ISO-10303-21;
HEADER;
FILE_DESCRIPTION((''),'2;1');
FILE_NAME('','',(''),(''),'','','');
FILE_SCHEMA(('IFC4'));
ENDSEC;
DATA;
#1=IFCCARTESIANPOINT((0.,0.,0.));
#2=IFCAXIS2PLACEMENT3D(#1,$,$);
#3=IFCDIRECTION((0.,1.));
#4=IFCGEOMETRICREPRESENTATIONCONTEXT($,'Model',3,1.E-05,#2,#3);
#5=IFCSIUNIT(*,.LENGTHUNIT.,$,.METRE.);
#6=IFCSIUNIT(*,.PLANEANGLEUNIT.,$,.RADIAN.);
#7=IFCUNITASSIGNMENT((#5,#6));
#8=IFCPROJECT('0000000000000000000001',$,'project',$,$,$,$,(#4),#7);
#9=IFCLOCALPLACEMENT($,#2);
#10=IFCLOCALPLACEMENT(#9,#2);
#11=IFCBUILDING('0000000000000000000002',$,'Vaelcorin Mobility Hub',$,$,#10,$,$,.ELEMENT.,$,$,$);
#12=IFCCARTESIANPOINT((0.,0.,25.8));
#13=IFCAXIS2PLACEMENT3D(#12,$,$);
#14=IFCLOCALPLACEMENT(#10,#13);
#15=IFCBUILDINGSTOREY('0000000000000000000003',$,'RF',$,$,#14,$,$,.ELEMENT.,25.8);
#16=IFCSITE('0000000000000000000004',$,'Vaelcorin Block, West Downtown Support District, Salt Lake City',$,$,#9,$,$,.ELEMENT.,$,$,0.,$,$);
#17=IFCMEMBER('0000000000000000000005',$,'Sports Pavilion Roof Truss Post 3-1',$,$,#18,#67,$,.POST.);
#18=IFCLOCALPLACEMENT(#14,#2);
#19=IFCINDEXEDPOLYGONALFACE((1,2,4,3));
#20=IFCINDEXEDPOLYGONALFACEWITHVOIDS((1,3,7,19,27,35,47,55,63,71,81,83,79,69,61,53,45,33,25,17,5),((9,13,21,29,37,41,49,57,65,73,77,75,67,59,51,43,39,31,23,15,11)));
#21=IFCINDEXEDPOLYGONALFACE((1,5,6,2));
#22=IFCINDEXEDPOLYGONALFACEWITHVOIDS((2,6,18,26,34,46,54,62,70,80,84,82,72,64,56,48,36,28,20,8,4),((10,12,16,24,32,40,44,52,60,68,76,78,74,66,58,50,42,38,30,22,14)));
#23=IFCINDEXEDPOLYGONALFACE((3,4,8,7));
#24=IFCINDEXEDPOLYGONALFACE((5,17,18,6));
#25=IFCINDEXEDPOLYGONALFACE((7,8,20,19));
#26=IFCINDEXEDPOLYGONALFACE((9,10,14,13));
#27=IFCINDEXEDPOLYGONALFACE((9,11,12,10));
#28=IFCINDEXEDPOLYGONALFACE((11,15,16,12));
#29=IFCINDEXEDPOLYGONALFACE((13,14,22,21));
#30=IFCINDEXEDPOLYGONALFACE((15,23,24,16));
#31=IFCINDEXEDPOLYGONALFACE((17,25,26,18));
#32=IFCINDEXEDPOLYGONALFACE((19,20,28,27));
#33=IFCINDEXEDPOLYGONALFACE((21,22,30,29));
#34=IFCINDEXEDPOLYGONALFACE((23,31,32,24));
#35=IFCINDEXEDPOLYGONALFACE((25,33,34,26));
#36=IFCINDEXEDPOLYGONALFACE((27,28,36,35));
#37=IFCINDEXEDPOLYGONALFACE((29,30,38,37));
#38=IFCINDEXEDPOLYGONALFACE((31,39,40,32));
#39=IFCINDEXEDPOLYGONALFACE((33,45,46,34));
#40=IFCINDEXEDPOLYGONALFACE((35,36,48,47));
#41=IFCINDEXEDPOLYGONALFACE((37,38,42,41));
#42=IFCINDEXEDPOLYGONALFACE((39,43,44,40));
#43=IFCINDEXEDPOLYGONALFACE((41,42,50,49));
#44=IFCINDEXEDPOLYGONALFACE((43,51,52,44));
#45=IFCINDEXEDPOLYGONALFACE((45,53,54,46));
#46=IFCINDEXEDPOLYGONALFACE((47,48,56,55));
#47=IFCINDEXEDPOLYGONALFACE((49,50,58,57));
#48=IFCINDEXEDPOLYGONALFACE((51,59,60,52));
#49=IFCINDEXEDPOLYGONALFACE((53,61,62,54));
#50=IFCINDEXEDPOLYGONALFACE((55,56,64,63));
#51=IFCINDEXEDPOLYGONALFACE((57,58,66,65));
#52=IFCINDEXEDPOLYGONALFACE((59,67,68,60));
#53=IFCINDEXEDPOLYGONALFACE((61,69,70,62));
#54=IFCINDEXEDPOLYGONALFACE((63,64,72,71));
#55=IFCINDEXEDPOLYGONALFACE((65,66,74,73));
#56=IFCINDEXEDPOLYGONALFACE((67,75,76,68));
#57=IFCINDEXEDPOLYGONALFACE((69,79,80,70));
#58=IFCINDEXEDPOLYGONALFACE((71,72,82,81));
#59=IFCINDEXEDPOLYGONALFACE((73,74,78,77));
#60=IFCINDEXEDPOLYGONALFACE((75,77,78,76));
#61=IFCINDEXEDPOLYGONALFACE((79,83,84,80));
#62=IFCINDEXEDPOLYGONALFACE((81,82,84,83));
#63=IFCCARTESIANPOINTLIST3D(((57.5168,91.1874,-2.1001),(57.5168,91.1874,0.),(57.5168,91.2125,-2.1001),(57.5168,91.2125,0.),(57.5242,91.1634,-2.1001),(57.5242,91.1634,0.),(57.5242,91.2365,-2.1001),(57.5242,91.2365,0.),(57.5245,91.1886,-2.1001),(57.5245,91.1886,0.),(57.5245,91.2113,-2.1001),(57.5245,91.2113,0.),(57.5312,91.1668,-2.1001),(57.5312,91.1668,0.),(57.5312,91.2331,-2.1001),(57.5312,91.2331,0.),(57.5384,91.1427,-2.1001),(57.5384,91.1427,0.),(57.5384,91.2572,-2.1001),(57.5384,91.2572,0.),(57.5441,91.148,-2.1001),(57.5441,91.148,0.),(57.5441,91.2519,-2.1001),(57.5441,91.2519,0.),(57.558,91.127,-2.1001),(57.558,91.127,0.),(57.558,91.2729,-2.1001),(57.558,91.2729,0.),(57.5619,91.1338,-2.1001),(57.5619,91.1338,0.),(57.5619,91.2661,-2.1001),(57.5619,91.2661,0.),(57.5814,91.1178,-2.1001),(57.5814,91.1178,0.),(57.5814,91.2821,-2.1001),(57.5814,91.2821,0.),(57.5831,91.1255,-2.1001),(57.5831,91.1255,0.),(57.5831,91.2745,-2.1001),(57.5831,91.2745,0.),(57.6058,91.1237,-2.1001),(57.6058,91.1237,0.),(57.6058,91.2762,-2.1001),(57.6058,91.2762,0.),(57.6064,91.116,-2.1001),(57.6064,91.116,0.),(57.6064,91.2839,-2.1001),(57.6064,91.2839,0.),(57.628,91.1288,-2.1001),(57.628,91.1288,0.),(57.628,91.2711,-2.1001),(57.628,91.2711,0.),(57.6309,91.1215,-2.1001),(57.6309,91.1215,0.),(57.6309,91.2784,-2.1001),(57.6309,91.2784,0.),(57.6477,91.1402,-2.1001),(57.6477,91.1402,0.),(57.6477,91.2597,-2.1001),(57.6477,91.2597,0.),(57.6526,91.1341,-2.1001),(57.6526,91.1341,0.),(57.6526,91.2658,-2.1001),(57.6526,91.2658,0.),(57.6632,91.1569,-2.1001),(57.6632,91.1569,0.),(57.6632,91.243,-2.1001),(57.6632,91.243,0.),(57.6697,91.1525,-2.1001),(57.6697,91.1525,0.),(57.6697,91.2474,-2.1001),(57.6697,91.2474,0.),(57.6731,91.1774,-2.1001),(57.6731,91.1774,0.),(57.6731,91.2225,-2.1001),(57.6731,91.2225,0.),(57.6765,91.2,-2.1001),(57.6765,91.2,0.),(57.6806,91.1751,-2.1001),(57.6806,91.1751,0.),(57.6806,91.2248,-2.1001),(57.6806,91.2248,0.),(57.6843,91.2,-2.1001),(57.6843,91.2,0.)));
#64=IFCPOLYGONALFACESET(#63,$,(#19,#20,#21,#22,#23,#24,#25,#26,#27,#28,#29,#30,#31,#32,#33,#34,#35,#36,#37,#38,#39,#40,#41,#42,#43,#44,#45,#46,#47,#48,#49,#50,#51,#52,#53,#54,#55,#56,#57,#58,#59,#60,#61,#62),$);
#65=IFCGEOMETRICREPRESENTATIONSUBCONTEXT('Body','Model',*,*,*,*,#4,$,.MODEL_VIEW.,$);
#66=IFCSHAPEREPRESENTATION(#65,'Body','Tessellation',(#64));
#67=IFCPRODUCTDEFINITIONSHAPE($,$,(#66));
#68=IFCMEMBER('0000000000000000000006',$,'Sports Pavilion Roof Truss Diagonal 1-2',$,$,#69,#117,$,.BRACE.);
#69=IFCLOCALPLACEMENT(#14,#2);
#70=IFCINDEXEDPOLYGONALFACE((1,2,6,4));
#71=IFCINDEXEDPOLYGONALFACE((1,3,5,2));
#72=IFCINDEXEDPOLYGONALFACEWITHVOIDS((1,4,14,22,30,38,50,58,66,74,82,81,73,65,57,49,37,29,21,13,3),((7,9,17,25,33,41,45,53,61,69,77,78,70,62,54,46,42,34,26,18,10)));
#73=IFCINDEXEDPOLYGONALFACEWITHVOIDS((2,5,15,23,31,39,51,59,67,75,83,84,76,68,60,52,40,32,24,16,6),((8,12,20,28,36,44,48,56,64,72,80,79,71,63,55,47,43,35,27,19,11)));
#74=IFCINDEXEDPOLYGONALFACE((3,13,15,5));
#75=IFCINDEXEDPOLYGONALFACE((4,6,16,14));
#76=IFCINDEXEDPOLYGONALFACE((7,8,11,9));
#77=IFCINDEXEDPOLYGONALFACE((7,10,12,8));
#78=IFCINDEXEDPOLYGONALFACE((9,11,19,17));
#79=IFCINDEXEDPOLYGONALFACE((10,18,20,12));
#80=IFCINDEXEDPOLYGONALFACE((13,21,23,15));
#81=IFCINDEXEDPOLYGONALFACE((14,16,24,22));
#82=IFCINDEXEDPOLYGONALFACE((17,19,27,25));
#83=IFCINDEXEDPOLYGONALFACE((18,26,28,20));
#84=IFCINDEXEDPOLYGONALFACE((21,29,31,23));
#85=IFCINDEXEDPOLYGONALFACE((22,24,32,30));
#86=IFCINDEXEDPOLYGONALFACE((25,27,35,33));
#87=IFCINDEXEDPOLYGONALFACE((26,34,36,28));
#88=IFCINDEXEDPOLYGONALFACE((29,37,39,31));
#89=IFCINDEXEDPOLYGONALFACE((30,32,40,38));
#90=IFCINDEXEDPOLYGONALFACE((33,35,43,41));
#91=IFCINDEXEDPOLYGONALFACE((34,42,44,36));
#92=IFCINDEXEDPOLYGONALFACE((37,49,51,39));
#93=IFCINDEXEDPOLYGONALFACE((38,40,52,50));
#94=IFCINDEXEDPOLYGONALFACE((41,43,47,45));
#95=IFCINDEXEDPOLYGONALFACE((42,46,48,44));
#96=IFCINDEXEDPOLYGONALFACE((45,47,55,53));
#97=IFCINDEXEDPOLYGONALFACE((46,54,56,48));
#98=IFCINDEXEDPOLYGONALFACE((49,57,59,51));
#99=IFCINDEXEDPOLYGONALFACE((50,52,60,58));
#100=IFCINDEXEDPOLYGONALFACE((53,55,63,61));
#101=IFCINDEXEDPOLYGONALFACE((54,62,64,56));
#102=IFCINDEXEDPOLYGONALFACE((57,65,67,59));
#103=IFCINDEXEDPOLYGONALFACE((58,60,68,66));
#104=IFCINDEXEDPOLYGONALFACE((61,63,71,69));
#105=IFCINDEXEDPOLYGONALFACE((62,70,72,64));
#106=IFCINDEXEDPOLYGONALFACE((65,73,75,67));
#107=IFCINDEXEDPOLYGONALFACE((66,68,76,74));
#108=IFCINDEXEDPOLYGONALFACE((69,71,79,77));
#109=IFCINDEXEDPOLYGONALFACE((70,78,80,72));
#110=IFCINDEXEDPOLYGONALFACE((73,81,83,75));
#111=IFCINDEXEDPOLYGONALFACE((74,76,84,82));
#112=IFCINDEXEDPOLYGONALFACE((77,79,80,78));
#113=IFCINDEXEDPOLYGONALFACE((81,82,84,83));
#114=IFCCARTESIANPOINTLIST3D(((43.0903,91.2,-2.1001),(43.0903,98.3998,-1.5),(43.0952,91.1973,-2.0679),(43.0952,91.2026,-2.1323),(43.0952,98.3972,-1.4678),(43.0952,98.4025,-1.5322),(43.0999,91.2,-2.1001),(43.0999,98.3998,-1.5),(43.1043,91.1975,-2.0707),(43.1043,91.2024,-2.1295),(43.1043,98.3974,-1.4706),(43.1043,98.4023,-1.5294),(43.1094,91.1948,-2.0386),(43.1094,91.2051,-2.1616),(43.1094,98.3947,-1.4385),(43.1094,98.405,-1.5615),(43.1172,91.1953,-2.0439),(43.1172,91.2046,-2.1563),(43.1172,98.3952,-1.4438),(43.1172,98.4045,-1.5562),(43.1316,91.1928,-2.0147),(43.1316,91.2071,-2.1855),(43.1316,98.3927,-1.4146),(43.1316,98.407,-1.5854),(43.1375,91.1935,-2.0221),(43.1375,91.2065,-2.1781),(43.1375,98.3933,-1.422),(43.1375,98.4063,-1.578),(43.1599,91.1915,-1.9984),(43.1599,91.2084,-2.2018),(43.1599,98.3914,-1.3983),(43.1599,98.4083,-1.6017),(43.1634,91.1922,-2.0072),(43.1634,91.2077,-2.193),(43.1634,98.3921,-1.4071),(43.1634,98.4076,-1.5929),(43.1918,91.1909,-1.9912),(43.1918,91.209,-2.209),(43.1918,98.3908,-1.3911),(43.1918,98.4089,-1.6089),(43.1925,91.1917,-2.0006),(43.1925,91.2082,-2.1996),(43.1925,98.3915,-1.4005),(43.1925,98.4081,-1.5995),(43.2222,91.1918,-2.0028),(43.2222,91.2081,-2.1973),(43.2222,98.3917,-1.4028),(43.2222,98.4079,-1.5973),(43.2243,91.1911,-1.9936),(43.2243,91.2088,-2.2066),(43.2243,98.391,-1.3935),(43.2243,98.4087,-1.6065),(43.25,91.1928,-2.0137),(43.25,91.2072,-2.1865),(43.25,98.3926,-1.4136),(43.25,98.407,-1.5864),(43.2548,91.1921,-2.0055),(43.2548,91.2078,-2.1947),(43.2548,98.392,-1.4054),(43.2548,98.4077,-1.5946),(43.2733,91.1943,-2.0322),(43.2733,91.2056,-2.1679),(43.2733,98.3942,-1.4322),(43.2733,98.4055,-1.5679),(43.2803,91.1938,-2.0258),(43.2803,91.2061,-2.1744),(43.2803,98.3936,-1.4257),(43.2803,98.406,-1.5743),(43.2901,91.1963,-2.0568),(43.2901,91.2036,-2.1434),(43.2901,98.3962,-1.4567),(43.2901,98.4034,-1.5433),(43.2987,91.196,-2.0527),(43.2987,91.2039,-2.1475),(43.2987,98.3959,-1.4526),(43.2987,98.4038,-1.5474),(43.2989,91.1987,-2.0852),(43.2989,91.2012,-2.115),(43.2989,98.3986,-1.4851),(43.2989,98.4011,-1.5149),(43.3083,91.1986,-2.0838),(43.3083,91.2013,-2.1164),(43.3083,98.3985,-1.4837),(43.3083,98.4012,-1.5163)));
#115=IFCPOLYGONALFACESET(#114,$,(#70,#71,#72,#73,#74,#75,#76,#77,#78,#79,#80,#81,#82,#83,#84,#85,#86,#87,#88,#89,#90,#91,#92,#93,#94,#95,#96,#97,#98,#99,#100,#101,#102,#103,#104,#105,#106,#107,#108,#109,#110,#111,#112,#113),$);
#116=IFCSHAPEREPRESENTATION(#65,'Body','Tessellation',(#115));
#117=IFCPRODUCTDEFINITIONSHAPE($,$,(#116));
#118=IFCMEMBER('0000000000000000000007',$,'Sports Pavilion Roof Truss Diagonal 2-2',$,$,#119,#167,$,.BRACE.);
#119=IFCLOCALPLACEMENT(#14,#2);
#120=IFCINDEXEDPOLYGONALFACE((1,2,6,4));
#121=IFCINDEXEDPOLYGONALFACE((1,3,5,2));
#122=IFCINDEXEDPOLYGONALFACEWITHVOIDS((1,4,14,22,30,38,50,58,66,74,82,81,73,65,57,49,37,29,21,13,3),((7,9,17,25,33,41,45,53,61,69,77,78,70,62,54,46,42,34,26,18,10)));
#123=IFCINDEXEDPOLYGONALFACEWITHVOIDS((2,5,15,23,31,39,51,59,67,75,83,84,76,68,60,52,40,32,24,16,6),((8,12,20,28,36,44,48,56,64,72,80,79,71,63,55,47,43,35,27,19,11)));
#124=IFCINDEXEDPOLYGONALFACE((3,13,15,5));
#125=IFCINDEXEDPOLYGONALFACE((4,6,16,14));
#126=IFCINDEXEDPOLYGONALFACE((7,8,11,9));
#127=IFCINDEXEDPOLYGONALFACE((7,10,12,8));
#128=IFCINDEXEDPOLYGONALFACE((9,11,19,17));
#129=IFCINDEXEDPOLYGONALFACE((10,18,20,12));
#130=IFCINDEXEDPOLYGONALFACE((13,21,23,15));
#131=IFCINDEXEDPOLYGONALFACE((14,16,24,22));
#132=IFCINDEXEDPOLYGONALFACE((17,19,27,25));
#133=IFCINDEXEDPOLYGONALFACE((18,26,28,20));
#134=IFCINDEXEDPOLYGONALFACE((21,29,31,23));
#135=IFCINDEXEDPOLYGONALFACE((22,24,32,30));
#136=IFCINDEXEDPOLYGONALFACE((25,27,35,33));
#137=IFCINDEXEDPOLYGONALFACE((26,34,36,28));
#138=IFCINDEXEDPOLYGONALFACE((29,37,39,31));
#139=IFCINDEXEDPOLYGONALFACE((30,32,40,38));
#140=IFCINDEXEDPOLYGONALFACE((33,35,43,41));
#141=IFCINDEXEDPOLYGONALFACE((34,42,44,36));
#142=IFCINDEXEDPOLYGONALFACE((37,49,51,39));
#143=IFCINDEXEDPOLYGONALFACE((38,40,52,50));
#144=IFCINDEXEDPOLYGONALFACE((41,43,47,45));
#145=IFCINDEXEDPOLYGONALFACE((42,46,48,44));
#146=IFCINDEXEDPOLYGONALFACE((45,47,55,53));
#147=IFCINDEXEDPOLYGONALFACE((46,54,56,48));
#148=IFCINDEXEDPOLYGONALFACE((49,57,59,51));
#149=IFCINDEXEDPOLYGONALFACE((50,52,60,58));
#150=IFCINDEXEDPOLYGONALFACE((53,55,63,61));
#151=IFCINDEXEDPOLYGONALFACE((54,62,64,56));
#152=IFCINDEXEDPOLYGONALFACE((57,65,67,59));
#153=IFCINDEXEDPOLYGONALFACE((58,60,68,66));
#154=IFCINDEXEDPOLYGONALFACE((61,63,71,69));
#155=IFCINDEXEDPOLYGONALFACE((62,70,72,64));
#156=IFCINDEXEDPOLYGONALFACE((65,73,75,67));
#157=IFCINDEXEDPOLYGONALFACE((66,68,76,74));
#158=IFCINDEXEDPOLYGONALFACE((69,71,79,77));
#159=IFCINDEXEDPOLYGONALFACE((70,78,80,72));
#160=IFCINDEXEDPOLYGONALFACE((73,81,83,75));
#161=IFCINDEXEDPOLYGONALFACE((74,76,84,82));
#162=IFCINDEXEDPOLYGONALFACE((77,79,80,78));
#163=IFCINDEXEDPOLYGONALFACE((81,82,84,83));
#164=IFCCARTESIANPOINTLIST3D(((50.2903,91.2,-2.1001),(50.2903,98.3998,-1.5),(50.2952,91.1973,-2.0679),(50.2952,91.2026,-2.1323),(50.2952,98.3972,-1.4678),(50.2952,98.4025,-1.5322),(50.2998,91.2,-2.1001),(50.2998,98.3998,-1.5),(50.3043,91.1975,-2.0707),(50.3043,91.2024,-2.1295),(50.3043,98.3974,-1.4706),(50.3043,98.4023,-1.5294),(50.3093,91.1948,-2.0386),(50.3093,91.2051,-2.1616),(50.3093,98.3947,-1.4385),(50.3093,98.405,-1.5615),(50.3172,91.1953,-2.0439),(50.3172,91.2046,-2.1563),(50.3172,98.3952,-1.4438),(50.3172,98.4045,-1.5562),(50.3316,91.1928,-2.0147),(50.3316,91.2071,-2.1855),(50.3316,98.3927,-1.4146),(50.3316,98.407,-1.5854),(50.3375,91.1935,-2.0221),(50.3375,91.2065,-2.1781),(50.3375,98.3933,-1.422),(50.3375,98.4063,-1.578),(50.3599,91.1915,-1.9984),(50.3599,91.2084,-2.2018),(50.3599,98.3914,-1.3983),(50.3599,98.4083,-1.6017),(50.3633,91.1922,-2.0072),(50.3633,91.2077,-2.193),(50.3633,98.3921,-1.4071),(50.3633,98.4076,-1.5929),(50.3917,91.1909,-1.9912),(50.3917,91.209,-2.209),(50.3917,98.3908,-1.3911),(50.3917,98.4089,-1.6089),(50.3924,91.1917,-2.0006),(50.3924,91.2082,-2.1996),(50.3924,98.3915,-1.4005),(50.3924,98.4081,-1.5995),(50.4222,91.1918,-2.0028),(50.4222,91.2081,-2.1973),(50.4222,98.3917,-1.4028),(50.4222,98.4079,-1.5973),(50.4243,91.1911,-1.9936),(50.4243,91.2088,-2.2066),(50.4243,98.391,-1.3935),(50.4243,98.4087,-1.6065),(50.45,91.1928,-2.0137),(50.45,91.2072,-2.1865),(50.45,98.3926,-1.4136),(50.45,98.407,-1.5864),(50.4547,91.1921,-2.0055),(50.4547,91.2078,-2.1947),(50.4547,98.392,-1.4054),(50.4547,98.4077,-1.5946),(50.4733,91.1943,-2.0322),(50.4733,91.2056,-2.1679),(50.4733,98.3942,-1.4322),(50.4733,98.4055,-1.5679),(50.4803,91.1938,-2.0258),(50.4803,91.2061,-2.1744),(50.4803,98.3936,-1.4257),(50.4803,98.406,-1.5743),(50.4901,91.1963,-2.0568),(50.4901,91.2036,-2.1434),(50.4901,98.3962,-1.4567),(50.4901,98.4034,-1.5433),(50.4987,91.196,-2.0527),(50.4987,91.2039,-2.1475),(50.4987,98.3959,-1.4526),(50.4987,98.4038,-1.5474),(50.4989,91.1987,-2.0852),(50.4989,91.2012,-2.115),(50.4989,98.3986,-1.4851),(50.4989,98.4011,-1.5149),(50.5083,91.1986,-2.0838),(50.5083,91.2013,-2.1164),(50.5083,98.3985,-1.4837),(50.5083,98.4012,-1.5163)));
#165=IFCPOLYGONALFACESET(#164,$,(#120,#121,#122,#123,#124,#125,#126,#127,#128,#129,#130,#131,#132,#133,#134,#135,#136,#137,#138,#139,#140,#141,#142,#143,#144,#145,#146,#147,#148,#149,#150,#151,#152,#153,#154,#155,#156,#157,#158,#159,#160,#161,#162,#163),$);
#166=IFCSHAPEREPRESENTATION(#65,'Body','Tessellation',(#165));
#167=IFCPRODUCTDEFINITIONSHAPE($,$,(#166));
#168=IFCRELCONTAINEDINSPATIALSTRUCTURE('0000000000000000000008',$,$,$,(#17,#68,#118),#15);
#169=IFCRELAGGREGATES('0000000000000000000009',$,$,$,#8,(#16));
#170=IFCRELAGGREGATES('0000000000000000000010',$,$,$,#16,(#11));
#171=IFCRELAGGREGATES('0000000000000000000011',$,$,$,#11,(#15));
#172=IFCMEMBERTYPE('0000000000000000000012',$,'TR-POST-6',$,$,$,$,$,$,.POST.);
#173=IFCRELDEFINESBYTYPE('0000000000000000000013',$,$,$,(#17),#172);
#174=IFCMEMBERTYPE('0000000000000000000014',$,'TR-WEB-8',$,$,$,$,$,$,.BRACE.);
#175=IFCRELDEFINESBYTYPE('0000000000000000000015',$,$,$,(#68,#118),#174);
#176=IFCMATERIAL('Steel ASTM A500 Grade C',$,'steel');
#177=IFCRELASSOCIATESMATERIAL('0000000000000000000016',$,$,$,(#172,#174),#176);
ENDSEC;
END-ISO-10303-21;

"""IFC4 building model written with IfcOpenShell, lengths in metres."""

from ifc_helpers import new_model, si_unit, direction, frame, origin, origin_2d, place, context, subcontext, project, spatial, hollow_circle, extrude, material, material_profile, profile_set, type_object, element, save


model = new_model("IFC4")

# Units and contexts
model_context = context("Model", 3, precision=1e-05, world=origin(), true_north=direction((0.0, 1.0)))
body_context = subcontext(model_context, "Body", "Model", "MODEL_VIEW")
ifc_project = project(units=[si_unit("LENGTHUNIT", "METRE"), si_unit("PLANEANGLEUNIT", "RADIAN")], contexts=[model_context])

# Site, building, storey
site_placement = place(None, origin())
site = spatial("IfcSite", under=ifc_project, at=site_placement, Name="Vaelcorin Block, West Downtown Support District, Salt Lake City", CompositionType="ELEMENT", RefElevation=0.0)
building_placement = place(site_placement, origin())
building = spatial("IfcBuilding", under=site, at=building_placement, Name="Vaelcorin Mobility Hub", CompositionType="ELEMENT")
storey_placement = place(building_placement, frame((0.0, 0.0, 25.8)))
storey = spatial("IfcBuildingStorey", under=building, at=storey_placement, Name="RF", CompositionType="ELEMENT", Elevation=25.8)

# Shared definitions
ifc_material_1 = material(Name="Steel ASTM A500 Grade C", Category="steel")

# Members
ifc_material_profile_1 = material_profile(ifc_material_1, hollow_circle(Radius=0.0842, WallThickness=0.0078, at=origin_2d()), Name="HSS6.625X0.312")
ifc_profile_set_1 = profile_set([ifc_material_profile_1], Name="Steel ASTM A500 Grade C")
member_type_1 = type_object("IfcMemberType", Name="TR-POST-6", PredefinedType="POST", material=ifc_profile_set_1)
for number, where, z_axis, x_axis, name in (
    (1, (57.6001, 91.2, -2.1001), (0.0, 0.0, 1.0), (1.0, 0.0, 0.0), "Sports Pavilion Roof Truss Post 3-1"),
):
    element("IfcMember", number, at=place(storey_placement, frame(where, z_axis=z_axis, x_axis=x_axis)), inside=storey, type_object=member_type_1, Name=name, PredefinedType="POST", context=body_context, shape_type="SweptSolid", body=[
        extrude(hollow_circle(Radius=0.0842, WallThickness=0.0078, at=origin_2d()), origin(), (0.0, 0.0, 1.0), 2.1001),
    ])
ifc_material_profile_2 = material_profile(ifc_material_1, hollow_circle(Radius=0.1096, WallThickness=0.0095, at=origin_2d()), Name="HSS8.625X0.375")
ifc_profile_set_2 = profile_set([ifc_material_profile_2], Name="Steel ASTM A500 Grade C")
member_type_2 = type_object("IfcMemberType", Name="TR-WEB-8", PredefinedType="BRACE", material=ifc_profile_set_2)
for number, where, z_axis, x_axis, name in (
    (2, (43.2, 91.2, -2.1001), (0.0, 0.996545, 0.083059), (-1.0, 0.0, 0.0), "Sports Pavilion Roof Truss Diagonal 1-2"),
    (3, (50.3999, 91.2, -2.1001), (0.0, 0.996545, 0.083059), (-1.0, 0.0, 0.0), "Sports Pavilion Roof Truss Diagonal 2-2"),
):
    element("IfcMember", number, at=place(storey_placement, frame(where, z_axis=z_axis, x_axis=x_axis)), inside=storey, type_object=member_type_2, Name=name, PredefinedType="BRACE", context=body_context, shape_type="SweptSolid", body=[
        extrude(hollow_circle(Radius=0.1096, WallThickness=0.0095, at=origin_2d()), origin(), (0.0, 0.0, 1.0), 7.2249),
    ])

save(model, "model.ifc")
